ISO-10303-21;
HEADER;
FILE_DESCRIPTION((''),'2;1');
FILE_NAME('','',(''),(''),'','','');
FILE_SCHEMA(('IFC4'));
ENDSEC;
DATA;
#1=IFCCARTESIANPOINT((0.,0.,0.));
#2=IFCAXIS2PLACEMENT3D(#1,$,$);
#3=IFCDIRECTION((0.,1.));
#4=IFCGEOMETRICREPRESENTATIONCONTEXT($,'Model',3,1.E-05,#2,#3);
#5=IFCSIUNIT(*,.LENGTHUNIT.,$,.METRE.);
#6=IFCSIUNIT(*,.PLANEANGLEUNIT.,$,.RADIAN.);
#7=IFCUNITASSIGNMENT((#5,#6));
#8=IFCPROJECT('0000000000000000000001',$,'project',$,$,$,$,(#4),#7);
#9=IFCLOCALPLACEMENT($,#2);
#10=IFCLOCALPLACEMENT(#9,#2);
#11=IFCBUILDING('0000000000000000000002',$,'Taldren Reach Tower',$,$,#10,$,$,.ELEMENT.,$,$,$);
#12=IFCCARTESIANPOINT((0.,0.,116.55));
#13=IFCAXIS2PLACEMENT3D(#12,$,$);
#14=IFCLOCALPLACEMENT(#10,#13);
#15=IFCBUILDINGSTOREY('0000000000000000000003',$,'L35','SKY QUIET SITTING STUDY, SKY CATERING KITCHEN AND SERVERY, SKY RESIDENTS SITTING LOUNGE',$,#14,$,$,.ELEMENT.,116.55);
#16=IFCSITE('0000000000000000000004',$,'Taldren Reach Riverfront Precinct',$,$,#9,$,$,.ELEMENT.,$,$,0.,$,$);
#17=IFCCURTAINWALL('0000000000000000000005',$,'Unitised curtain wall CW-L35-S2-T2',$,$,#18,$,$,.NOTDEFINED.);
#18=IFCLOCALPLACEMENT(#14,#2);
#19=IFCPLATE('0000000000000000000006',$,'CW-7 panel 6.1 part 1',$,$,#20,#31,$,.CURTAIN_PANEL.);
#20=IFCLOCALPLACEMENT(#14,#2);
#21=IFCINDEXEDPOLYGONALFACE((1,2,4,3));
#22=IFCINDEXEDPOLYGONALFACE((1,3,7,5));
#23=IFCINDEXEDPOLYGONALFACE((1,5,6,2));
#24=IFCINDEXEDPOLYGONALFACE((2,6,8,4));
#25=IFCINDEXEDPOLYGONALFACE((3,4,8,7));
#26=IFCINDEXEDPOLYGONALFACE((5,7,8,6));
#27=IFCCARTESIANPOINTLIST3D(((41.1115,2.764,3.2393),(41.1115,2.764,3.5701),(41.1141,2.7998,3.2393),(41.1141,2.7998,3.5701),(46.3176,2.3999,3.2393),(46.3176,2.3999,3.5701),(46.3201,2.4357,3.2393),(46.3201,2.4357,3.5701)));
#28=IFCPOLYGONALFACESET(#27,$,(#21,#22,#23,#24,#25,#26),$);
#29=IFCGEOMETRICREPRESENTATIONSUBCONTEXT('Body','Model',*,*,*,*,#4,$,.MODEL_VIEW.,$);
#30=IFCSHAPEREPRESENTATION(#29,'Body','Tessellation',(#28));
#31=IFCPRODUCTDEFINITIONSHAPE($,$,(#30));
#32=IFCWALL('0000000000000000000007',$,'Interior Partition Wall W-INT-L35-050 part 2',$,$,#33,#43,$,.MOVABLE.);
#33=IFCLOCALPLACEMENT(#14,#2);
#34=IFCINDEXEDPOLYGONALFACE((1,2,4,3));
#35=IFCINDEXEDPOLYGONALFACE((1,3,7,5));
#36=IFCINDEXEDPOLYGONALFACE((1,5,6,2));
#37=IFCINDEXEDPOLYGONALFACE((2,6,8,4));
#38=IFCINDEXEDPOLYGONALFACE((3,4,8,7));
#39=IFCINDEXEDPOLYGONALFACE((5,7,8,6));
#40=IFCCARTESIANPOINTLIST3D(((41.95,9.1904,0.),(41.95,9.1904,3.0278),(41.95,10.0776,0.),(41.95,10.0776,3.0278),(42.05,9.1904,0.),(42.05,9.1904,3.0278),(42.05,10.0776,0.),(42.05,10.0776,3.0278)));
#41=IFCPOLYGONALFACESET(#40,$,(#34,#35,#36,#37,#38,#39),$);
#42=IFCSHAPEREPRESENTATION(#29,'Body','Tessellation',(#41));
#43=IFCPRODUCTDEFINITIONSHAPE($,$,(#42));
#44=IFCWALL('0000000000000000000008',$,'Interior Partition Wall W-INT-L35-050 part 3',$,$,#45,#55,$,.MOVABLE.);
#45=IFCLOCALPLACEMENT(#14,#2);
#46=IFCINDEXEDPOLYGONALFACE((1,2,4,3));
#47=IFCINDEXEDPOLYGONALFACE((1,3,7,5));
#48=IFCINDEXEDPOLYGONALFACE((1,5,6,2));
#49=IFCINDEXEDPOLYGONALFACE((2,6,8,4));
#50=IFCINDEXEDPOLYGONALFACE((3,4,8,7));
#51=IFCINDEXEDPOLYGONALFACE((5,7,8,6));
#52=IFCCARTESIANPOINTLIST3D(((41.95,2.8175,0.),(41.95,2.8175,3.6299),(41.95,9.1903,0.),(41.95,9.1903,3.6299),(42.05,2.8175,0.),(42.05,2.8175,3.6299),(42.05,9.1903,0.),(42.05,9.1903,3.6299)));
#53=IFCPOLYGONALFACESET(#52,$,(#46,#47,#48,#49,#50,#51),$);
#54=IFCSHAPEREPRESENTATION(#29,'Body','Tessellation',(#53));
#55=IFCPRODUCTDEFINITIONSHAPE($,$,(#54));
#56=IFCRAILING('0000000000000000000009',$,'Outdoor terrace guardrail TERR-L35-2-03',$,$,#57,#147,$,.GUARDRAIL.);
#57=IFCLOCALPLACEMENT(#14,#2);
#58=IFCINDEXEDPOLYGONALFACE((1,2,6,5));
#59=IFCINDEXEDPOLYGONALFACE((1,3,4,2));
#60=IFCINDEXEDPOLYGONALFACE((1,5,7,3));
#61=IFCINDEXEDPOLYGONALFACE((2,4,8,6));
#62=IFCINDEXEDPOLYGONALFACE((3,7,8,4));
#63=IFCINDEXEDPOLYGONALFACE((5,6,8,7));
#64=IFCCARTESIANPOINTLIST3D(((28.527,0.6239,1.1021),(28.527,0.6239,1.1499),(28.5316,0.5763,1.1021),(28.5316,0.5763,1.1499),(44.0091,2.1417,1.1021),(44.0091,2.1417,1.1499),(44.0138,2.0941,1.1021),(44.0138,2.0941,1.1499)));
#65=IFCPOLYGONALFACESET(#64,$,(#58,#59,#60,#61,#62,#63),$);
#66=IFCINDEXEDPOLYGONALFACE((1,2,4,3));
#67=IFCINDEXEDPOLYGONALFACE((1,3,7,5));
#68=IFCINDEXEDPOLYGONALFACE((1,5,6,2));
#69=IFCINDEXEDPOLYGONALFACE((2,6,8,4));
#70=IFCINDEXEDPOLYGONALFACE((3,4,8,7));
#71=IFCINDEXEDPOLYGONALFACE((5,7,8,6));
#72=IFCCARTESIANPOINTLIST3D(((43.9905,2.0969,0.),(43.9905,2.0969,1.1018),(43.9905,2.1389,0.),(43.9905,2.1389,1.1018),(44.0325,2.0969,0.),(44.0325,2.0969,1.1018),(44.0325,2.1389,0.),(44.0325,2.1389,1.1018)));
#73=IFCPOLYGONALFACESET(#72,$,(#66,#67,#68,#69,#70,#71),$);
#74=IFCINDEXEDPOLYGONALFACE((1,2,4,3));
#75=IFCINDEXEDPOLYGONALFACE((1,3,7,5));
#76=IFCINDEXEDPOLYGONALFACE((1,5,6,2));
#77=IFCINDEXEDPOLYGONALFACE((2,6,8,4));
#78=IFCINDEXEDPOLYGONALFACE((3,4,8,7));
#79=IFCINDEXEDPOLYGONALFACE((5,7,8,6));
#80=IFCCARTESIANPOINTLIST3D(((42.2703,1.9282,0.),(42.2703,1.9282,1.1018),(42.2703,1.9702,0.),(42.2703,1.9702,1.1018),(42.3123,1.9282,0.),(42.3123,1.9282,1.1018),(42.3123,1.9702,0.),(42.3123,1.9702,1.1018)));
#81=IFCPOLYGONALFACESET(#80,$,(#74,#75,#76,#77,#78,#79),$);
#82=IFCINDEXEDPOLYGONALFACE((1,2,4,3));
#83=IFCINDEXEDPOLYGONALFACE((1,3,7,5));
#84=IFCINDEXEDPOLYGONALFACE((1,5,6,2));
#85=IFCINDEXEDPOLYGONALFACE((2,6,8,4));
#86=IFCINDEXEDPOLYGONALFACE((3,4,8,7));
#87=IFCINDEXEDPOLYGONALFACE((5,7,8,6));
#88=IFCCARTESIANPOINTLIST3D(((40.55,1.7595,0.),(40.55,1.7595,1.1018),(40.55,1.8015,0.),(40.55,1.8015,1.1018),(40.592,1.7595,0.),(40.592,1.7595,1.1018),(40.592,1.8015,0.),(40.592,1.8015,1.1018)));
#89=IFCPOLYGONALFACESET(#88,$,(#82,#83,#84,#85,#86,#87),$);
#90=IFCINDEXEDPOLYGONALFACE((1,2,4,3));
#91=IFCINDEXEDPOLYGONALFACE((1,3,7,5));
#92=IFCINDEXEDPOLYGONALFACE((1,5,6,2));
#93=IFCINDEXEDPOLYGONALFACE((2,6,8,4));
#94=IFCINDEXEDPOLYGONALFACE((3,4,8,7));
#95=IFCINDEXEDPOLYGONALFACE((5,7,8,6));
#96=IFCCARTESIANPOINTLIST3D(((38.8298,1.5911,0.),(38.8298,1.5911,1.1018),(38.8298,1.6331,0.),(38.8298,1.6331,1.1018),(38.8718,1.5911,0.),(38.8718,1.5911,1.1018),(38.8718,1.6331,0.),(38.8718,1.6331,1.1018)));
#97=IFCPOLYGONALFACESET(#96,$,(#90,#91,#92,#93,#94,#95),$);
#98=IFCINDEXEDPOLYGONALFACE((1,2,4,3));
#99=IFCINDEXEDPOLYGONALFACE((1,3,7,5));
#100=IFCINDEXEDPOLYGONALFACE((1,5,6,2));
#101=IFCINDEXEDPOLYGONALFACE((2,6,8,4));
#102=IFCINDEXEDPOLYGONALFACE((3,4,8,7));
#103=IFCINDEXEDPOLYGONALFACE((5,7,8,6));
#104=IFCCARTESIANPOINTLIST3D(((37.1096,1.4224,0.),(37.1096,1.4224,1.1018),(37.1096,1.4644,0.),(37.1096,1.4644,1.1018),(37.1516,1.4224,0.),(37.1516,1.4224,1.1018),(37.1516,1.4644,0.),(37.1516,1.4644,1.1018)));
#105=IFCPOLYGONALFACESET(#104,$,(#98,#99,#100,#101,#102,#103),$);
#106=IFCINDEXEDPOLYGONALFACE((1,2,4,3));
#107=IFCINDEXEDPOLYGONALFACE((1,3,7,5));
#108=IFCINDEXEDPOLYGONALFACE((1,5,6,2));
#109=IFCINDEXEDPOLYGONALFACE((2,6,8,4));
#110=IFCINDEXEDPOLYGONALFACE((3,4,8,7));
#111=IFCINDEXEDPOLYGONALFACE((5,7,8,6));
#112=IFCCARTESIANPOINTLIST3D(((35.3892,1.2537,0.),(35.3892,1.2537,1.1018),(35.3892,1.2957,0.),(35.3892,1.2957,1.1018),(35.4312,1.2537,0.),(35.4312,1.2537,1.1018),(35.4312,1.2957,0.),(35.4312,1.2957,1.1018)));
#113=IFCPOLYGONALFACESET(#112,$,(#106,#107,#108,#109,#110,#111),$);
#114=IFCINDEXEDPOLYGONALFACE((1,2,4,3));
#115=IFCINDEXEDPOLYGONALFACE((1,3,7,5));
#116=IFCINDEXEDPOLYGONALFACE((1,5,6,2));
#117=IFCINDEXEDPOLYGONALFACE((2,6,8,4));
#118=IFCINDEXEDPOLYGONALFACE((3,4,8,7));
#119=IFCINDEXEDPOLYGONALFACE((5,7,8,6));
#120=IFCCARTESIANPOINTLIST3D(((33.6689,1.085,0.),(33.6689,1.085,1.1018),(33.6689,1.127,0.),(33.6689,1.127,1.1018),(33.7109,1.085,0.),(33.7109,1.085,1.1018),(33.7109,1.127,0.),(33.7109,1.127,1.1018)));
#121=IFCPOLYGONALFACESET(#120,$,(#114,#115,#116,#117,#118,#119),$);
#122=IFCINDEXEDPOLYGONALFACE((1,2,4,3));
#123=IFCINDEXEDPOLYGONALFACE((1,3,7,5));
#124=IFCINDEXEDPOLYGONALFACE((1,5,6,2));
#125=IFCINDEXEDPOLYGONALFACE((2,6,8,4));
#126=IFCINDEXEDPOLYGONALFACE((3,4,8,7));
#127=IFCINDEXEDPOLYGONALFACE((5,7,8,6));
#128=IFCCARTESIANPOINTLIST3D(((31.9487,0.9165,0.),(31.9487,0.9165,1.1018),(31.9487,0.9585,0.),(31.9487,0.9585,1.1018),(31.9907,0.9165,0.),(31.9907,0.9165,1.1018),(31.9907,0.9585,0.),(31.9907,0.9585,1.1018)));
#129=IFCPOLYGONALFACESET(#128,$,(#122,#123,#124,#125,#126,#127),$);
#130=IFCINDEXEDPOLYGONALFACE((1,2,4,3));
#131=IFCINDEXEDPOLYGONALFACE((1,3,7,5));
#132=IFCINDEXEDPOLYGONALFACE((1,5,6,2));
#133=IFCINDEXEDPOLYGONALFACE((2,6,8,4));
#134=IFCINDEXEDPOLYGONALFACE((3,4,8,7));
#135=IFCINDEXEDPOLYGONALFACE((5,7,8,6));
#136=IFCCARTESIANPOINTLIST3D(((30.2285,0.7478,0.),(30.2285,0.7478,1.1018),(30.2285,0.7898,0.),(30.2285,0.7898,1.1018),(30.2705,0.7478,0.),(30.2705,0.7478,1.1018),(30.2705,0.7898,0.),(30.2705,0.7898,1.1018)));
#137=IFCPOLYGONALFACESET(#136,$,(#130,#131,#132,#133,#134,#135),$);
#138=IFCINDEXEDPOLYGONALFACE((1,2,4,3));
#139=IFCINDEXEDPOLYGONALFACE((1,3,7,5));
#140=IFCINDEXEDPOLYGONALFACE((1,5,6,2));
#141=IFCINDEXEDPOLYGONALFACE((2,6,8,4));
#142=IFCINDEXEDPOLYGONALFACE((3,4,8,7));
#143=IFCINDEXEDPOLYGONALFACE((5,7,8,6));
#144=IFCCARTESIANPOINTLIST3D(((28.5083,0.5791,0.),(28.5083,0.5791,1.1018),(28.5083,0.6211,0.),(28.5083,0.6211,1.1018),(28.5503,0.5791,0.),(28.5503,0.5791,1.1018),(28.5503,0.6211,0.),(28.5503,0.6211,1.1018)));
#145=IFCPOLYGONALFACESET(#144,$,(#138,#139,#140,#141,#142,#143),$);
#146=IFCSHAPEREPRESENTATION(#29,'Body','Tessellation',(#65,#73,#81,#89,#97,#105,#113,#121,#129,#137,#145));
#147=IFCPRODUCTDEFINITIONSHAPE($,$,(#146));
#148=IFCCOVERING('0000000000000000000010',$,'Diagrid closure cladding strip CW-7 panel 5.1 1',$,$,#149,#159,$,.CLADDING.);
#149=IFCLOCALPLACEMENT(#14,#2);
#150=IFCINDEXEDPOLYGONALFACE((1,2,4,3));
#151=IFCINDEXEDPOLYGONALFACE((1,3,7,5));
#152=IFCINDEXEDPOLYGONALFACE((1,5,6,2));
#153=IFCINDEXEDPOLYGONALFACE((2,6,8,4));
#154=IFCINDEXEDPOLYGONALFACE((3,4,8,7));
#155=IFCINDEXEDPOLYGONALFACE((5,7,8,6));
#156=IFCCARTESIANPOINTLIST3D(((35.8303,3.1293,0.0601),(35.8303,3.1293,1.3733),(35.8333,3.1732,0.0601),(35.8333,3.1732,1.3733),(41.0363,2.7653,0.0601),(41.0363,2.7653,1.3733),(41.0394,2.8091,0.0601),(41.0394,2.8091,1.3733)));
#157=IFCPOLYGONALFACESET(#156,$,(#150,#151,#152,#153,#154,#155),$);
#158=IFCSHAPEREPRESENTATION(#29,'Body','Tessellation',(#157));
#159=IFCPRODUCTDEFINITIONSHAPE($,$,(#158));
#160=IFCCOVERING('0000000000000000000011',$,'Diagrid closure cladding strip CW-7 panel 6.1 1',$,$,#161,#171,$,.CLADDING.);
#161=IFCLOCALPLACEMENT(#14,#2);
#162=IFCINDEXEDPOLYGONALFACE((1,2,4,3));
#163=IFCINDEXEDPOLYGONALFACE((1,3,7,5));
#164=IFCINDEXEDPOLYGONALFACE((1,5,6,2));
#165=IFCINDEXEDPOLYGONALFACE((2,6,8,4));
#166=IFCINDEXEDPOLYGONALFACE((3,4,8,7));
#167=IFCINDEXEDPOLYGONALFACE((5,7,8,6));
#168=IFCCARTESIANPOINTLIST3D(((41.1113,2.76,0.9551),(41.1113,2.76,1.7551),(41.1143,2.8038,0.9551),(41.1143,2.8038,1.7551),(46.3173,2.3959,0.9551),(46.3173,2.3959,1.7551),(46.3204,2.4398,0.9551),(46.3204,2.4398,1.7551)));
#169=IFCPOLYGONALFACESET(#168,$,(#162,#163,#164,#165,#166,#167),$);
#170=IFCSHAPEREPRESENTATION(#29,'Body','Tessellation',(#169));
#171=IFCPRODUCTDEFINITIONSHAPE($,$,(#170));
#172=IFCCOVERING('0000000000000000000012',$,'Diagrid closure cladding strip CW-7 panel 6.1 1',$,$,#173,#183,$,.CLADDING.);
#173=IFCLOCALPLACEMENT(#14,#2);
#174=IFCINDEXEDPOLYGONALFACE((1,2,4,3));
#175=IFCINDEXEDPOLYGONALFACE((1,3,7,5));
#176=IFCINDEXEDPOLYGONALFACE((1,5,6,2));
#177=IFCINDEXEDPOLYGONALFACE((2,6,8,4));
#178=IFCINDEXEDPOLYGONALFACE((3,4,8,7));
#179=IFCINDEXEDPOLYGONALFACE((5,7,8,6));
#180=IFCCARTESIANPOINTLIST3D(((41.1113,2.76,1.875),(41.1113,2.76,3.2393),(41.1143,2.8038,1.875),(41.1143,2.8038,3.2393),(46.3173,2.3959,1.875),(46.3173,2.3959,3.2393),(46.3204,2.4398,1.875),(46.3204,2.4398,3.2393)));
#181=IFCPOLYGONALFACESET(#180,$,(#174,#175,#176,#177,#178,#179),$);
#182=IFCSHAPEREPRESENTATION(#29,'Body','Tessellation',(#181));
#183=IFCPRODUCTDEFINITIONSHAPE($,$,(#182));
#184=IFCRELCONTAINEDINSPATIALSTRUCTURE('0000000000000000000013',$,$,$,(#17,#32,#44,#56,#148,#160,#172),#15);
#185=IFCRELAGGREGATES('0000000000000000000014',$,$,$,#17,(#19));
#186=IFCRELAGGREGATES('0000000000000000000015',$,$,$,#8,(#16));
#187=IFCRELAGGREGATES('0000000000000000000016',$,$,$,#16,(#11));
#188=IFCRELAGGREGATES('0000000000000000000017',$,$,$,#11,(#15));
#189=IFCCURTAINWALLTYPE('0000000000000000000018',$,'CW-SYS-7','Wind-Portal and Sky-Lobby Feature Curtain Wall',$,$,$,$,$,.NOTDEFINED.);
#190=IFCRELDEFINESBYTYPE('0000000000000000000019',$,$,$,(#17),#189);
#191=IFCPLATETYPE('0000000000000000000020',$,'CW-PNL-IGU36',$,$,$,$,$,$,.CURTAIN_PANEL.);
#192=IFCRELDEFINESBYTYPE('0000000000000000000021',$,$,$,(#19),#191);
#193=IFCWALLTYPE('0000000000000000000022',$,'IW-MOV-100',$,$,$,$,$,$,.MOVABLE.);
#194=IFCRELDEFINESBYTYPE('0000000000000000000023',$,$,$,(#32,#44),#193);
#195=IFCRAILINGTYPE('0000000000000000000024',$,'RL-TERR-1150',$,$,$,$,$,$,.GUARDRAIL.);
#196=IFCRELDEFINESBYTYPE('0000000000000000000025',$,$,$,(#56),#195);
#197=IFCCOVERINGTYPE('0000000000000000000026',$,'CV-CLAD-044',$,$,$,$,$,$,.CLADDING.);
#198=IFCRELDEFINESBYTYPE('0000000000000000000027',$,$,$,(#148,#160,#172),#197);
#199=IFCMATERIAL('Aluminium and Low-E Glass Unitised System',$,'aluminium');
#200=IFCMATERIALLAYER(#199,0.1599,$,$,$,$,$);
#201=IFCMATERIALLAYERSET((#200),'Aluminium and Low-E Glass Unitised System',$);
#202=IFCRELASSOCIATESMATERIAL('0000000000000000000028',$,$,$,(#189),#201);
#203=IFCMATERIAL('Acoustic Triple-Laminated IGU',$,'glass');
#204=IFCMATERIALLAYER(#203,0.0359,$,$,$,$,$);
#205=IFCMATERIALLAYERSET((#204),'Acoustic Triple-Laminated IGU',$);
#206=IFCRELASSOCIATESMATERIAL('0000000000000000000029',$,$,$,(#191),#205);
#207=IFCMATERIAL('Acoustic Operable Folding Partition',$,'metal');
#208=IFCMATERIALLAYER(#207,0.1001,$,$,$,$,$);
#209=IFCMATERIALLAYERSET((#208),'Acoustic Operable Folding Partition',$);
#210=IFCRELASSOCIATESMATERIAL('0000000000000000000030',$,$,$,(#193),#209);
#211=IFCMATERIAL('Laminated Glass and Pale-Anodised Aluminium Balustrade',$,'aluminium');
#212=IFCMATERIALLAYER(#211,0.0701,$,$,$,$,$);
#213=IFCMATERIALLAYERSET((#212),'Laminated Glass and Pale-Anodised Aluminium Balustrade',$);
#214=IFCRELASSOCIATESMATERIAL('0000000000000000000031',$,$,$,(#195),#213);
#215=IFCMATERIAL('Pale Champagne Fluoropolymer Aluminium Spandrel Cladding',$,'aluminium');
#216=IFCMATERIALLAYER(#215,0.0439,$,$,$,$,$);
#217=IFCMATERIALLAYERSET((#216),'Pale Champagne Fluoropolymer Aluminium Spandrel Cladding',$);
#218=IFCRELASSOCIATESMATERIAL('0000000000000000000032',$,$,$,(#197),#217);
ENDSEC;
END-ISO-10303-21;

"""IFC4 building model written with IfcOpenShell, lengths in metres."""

from ifc_helpers import new_model, si_unit, direction, frame, frame_2d, origin, origin_2d, place, context, subcontext, project, spatial, rectangle, extrude, source, transform, mapped, material, layer, layer_set, type_object, element, aggregate, save


model = new_model("IFC4")

# Units and contexts
model_context = context("Model", 3, precision=1e-05, world=origin(), true_north=direction((0.0, 1.0)))
body_context = subcontext(model_context, "Body", "Model", "MODEL_VIEW")
ifc_project = project(units=[si_unit("LENGTHUNIT", "METRE"), si_unit("PLANEANGLEUNIT", "RADIAN")], contexts=[model_context])

# Site, building, storey
site_placement = place(None, origin())
site = spatial("IfcSite", under=ifc_project, at=site_placement, Name="Taldren Reach Riverfront Precinct", CompositionType="ELEMENT", RefElevation=0.0)
building_placement = place(site_placement, origin())
building = spatial("IfcBuilding", under=site, at=building_placement, Name="Taldren Reach Tower", CompositionType="ELEMENT")
storey_placement = place(building_placement, frame((0.0, 0.0, 116.55)))
storey = spatial("IfcBuildingStorey", under=building, at=storey_placement, Name="L35", Description="SKY QUIET SITTING STUDY, SKY CATERING KITCHEN AND SERVERY, SKY RESIDENTS SITTING LOUNGE", CompositionType="ELEMENT", Elevation=116.55)

# Shared definitions
ifc_material_1 = material(Name="Aluminium and Low-E Glass Unitised System", Category="aluminium")
ifc_layer_1 = layer(ifc_material_1, 0.1599)
ifc_layer_set_1 = layer_set([ifc_layer_1], Name="Aluminium and Low-E Glass Unitised System")
curtain_wall_type = type_object("IfcCurtainWallType", Name="CW-SYS-7", Description="Wind-Portal and Sky-Lobby Feature Curtain Wall", PredefinedType="NOTDEFINED", material=ifc_layer_set_1)

# Curtain wall
curtain_wall_1_placement = place(storey_placement, origin())
curtain_wall_1 = element("IfcCurtainWall", 1, at=curtain_wall_1_placement, inside=storey, type_object=curtain_wall_type, Name="Unitised curtain wall CW-L35-S2-T2", PredefinedType="NOTDEFINED")

# Plate
ifc_material_2 = material(Name="Acoustic Triple-Laminated IGU", Category="glass")
ifc_layer_2 = layer(ifc_material_2, 0.0359)
ifc_layer_set_2 = layer_set([ifc_layer_2], Name="Acoustic Triple-Laminated IGU")
plate_type_1 = type_object("IfcPlateType", Name="CW-PNL-IGU36", PredefinedType="CURTAIN_PANEL", material=ifc_layer_set_2)
shared_shape_1 = source(origin(), body_context, "Body", "SweptSolid", [
    extrude(rectangle(XDim=5.2188, YDim=0.0359, at=origin_2d()), origin(), (0.0, 0.0, 1.0), 0.3308),
])
plate_1_placement = place(storey_placement, frame((43.7158, 2.5999, 3.2393), z_axis=(0.0, 0.0, 1.0), x_axis=(0.997564, -0.069757, 0.0)))
plate_1 = element("IfcPlate", 2, at=plate_1_placement, type_object=plate_type_1, Name="CW-7 panel 6.1 part 1", PredefinedType="CURTAIN_PANEL", context=body_context, shape_type="MappedRepresentation", body=[
    mapped(shared_shape_1, transform((0.0, 0.0, 0.0), scale=1.0)),
])
aggregate(curtain_wall_1, [plate_1])

# Walls
ifc_material_3 = material(Name="Acoustic Operable Folding Partition", Category="metal")
ifc_layer_3 = layer(ifc_material_3, 0.1001)
ifc_layer_set_3 = layer_set([ifc_layer_3], Name="Acoustic Operable Folding Partition")
wall_type = type_object("IfcWallType", Name="IW-MOV-100", PredefinedType="MOVABLE", material=ifc_layer_set_3)
shared_shape_2 = source(origin(), body_context, "Body", "SweptSolid", [
    extrude(rectangle(XDim=0.8872, YDim=0.1001, at=frame_2d((0.4436, 0.0))), origin(), (0.0, 0.0, 1.0), 3.0278),
])
wall_1_placement = place(storey_placement, frame((42.0, 10.0776, 0.0), z_axis=(0.0, 0.0, 1.0), x_axis=(0.0, -1.0, 0.0)))
element("IfcWall", 3, at=wall_1_placement, inside=storey, type_object=wall_type, Name="Interior Partition Wall W-INT-L35-050 part 2", PredefinedType="MOVABLE", context=body_context, shape_type="MappedRepresentation", body=[
    mapped(shared_shape_2, transform((0.0, 0.0, 0.0), scale=1.0)),
])
shared_shape_3 = source(origin(), body_context, "Body", "SweptSolid", [
    extrude(rectangle(XDim=6.3728, YDim=0.1001, at=frame_2d((3.1865, 0.0))), origin(), (0.0, 0.0, 1.0), 3.6299),
])
wall_2_placement = place(storey_placement, frame((42.0, 9.1904, 0.0), z_axis=(0.0, 0.0, 1.0), x_axis=(0.0, -1.0, 0.0)))
element("IfcWall", 4, at=wall_2_placement, inside=storey, type_object=wall_type, Name="Interior Partition Wall W-INT-L35-050 part 3", PredefinedType="MOVABLE", context=body_context, shape_type="MappedRepresentation", body=[
    mapped(shared_shape_3, transform((0.0, 0.0, 0.0), scale=1.0)),
])

# Railing
ifc_material_4 = material(Name="Laminated Glass and Pale-Anodised Aluminium Balustrade", Category="aluminium")
ifc_layer_4 = layer(ifc_material_4, 0.0701)
ifc_layer_set_4 = layer_set([ifc_layer_4], Name="Laminated Glass and Pale-Anodised Aluminium Balustrade")
railing_type = type_object("IfcRailingType", Name="RL-TERR-1150", PredefinedType="GUARDRAIL", material=ifc_layer_set_4)
railing_placement = place(storey_placement, frame((44.0115, 2.1179, 0.0)))
element("IfcRailing", 5, at=railing_placement, inside=storey, type_object=railing_type, Name="Outdoor terrace guardrail TERR-L35-2-03", PredefinedType="GUARDRAIL", context=body_context, shape_type="SweptSolid", body=[
    extrude(rectangle(XDim=0.0479, YDim=0.0479, at=origin_2d()), frame((0.0, 0.0, 1.126), z_axis=(-0.995229, -0.097569, 0.0), x_axis=(0.097569, -0.995229, 0.0)), (0.0, 0.0, 1.0), 15.5564),
    extrude(rectangle(XDim=0.042, YDim=0.042, at=origin_2d()), origin(), (0.0, 0.0, 1.0), 1.1018),
    extrude(rectangle(XDim=0.042, YDim=0.042, at=origin_2d()), frame((-1.7202, -0.1687, 0.0)), (0.0, 0.0, 1.0), 1.1018),
    extrude(rectangle(XDim=0.042, YDim=0.042, at=origin_2d()), frame((-3.4404, -0.3374, 0.0)), (0.0, 0.0, 1.0), 1.1018),
    extrude(rectangle(XDim=0.042, YDim=0.042, at=origin_2d()), frame((-5.1606, -0.5059, 0.0)), (0.0, 0.0, 1.0), 1.1018),
    extrude(rectangle(XDim=0.042, YDim=0.042, at=origin_2d()), frame((-6.8809, -0.6746, 0.0)), (0.0, 0.0, 1.0), 1.1018),
    extrude(rectangle(XDim=0.042, YDim=0.042, at=origin_2d()), frame((-8.6013, -0.8433, 0.0)), (0.0, 0.0, 1.0), 1.1018),
    extrude(rectangle(XDim=0.042, YDim=0.042, at=origin_2d()), frame((-10.3215, -1.012, 0.0)), (0.0, 0.0, 1.0), 1.1018),
    extrude(rectangle(XDim=0.042, YDim=0.042, at=origin_2d()), frame((-12.0417, -1.1804, 0.0)), (0.0, 0.0, 1.0), 1.1018),
    extrude(rectangle(XDim=0.042, YDim=0.042, at=origin_2d()), frame((-13.762, -1.3491, 0.0)), (0.0, 0.0, 1.0), 1.1018),
    extrude(rectangle(XDim=0.042, YDim=0.042, at=origin_2d()), frame((-15.4822, -1.5178, 0.0)), (0.0, 0.0, 1.0), 1.1018),
])

# Coverings
ifc_material_5 = material(Name="Pale Champagne Fluoropolymer Aluminium Spandrel Cladding", Category="aluminium")
ifc_layer_5 = layer(ifc_material_5, 0.0439)
ifc_layer_set_5 = layer_set([ifc_layer_5], Name="Pale Champagne Fluoropolymer Aluminium Spandrel Cladding")
covering_type = type_object("IfcCoveringType", Name="CV-CLAD-044", PredefinedType="CLADDING", material=ifc_layer_set_5)
shared_shape_4 = source(origin(), body_context, "Body", "SweptSolid", [
    extrude(rectangle(XDim=5.2188, YDim=0.0439, at=origin_2d()), origin(), (0.0, 0.0, 1.0), 1.3132),
])
covering_1_placement = place(storey_placement, frame((38.4348, 2.9692, 0.0601), z_axis=(0.0, 0.0, 1.0), x_axis=(0.997564, -0.069757, 0.0)))
element("IfcCovering", 6, at=covering_1_placement, inside=storey, type_object=covering_type, Name="Diagrid closure cladding strip CW-7 panel 5.1 1", PredefinedType="CLADDING", context=body_context, shape_type="MappedRepresentation", body=[
    mapped(shared_shape_4, transform((0.0, 0.0, 0.0), scale=1.0)),
])
shared_shape_5 = source(origin(), body_context, "Body", "SweptSolid", [
    extrude(rectangle(XDim=5.2188, YDim=0.0439, at=origin_2d()), origin(), (0.0, 0.0, 1.0), 0.8),
])
covering_2_placement = place(storey_placement, frame((43.7158, 2.5999, 0.9551), z_axis=(0.0, 0.0, 1.0), x_axis=(0.997564, -0.069757, 0.0)))
element("IfcCovering", 7, at=covering_2_placement, inside=storey, type_object=covering_type, Name="Diagrid closure cladding strip CW-7 panel 6.1 1", PredefinedType="CLADDING", context=body_context, shape_type="MappedRepresentation", body=[
    mapped(shared_shape_5, transform((0.0, 0.0, 0.0), scale=1.0)),
])
shared_shape_6 = source(origin(), body_context, "Body", "SweptSolid", [
    extrude(rectangle(XDim=5.2188, YDim=0.0439, at=origin_2d()), origin(), (0.0, 0.0, 1.0), 1.3643),
])
covering_3_placement = place(storey_placement, frame((43.7158, 2.5999, 1.875), z_axis=(0.0, 0.0, 1.0), x_axis=(0.997564, -0.069757, 0.0)))
element("IfcCovering", 8, at=covering_3_placement, inside=storey, type_object=covering_type, Name="Diagrid closure cladding strip CW-7 panel 6.1 1", PredefinedType="CLADDING", context=body_context, shape_type="MappedRepresentation", body=[
    mapped(shared_shape_6, transform((0.0, 0.0, 0.0), scale=1.0)),
])

save(model, "model.ifc")
